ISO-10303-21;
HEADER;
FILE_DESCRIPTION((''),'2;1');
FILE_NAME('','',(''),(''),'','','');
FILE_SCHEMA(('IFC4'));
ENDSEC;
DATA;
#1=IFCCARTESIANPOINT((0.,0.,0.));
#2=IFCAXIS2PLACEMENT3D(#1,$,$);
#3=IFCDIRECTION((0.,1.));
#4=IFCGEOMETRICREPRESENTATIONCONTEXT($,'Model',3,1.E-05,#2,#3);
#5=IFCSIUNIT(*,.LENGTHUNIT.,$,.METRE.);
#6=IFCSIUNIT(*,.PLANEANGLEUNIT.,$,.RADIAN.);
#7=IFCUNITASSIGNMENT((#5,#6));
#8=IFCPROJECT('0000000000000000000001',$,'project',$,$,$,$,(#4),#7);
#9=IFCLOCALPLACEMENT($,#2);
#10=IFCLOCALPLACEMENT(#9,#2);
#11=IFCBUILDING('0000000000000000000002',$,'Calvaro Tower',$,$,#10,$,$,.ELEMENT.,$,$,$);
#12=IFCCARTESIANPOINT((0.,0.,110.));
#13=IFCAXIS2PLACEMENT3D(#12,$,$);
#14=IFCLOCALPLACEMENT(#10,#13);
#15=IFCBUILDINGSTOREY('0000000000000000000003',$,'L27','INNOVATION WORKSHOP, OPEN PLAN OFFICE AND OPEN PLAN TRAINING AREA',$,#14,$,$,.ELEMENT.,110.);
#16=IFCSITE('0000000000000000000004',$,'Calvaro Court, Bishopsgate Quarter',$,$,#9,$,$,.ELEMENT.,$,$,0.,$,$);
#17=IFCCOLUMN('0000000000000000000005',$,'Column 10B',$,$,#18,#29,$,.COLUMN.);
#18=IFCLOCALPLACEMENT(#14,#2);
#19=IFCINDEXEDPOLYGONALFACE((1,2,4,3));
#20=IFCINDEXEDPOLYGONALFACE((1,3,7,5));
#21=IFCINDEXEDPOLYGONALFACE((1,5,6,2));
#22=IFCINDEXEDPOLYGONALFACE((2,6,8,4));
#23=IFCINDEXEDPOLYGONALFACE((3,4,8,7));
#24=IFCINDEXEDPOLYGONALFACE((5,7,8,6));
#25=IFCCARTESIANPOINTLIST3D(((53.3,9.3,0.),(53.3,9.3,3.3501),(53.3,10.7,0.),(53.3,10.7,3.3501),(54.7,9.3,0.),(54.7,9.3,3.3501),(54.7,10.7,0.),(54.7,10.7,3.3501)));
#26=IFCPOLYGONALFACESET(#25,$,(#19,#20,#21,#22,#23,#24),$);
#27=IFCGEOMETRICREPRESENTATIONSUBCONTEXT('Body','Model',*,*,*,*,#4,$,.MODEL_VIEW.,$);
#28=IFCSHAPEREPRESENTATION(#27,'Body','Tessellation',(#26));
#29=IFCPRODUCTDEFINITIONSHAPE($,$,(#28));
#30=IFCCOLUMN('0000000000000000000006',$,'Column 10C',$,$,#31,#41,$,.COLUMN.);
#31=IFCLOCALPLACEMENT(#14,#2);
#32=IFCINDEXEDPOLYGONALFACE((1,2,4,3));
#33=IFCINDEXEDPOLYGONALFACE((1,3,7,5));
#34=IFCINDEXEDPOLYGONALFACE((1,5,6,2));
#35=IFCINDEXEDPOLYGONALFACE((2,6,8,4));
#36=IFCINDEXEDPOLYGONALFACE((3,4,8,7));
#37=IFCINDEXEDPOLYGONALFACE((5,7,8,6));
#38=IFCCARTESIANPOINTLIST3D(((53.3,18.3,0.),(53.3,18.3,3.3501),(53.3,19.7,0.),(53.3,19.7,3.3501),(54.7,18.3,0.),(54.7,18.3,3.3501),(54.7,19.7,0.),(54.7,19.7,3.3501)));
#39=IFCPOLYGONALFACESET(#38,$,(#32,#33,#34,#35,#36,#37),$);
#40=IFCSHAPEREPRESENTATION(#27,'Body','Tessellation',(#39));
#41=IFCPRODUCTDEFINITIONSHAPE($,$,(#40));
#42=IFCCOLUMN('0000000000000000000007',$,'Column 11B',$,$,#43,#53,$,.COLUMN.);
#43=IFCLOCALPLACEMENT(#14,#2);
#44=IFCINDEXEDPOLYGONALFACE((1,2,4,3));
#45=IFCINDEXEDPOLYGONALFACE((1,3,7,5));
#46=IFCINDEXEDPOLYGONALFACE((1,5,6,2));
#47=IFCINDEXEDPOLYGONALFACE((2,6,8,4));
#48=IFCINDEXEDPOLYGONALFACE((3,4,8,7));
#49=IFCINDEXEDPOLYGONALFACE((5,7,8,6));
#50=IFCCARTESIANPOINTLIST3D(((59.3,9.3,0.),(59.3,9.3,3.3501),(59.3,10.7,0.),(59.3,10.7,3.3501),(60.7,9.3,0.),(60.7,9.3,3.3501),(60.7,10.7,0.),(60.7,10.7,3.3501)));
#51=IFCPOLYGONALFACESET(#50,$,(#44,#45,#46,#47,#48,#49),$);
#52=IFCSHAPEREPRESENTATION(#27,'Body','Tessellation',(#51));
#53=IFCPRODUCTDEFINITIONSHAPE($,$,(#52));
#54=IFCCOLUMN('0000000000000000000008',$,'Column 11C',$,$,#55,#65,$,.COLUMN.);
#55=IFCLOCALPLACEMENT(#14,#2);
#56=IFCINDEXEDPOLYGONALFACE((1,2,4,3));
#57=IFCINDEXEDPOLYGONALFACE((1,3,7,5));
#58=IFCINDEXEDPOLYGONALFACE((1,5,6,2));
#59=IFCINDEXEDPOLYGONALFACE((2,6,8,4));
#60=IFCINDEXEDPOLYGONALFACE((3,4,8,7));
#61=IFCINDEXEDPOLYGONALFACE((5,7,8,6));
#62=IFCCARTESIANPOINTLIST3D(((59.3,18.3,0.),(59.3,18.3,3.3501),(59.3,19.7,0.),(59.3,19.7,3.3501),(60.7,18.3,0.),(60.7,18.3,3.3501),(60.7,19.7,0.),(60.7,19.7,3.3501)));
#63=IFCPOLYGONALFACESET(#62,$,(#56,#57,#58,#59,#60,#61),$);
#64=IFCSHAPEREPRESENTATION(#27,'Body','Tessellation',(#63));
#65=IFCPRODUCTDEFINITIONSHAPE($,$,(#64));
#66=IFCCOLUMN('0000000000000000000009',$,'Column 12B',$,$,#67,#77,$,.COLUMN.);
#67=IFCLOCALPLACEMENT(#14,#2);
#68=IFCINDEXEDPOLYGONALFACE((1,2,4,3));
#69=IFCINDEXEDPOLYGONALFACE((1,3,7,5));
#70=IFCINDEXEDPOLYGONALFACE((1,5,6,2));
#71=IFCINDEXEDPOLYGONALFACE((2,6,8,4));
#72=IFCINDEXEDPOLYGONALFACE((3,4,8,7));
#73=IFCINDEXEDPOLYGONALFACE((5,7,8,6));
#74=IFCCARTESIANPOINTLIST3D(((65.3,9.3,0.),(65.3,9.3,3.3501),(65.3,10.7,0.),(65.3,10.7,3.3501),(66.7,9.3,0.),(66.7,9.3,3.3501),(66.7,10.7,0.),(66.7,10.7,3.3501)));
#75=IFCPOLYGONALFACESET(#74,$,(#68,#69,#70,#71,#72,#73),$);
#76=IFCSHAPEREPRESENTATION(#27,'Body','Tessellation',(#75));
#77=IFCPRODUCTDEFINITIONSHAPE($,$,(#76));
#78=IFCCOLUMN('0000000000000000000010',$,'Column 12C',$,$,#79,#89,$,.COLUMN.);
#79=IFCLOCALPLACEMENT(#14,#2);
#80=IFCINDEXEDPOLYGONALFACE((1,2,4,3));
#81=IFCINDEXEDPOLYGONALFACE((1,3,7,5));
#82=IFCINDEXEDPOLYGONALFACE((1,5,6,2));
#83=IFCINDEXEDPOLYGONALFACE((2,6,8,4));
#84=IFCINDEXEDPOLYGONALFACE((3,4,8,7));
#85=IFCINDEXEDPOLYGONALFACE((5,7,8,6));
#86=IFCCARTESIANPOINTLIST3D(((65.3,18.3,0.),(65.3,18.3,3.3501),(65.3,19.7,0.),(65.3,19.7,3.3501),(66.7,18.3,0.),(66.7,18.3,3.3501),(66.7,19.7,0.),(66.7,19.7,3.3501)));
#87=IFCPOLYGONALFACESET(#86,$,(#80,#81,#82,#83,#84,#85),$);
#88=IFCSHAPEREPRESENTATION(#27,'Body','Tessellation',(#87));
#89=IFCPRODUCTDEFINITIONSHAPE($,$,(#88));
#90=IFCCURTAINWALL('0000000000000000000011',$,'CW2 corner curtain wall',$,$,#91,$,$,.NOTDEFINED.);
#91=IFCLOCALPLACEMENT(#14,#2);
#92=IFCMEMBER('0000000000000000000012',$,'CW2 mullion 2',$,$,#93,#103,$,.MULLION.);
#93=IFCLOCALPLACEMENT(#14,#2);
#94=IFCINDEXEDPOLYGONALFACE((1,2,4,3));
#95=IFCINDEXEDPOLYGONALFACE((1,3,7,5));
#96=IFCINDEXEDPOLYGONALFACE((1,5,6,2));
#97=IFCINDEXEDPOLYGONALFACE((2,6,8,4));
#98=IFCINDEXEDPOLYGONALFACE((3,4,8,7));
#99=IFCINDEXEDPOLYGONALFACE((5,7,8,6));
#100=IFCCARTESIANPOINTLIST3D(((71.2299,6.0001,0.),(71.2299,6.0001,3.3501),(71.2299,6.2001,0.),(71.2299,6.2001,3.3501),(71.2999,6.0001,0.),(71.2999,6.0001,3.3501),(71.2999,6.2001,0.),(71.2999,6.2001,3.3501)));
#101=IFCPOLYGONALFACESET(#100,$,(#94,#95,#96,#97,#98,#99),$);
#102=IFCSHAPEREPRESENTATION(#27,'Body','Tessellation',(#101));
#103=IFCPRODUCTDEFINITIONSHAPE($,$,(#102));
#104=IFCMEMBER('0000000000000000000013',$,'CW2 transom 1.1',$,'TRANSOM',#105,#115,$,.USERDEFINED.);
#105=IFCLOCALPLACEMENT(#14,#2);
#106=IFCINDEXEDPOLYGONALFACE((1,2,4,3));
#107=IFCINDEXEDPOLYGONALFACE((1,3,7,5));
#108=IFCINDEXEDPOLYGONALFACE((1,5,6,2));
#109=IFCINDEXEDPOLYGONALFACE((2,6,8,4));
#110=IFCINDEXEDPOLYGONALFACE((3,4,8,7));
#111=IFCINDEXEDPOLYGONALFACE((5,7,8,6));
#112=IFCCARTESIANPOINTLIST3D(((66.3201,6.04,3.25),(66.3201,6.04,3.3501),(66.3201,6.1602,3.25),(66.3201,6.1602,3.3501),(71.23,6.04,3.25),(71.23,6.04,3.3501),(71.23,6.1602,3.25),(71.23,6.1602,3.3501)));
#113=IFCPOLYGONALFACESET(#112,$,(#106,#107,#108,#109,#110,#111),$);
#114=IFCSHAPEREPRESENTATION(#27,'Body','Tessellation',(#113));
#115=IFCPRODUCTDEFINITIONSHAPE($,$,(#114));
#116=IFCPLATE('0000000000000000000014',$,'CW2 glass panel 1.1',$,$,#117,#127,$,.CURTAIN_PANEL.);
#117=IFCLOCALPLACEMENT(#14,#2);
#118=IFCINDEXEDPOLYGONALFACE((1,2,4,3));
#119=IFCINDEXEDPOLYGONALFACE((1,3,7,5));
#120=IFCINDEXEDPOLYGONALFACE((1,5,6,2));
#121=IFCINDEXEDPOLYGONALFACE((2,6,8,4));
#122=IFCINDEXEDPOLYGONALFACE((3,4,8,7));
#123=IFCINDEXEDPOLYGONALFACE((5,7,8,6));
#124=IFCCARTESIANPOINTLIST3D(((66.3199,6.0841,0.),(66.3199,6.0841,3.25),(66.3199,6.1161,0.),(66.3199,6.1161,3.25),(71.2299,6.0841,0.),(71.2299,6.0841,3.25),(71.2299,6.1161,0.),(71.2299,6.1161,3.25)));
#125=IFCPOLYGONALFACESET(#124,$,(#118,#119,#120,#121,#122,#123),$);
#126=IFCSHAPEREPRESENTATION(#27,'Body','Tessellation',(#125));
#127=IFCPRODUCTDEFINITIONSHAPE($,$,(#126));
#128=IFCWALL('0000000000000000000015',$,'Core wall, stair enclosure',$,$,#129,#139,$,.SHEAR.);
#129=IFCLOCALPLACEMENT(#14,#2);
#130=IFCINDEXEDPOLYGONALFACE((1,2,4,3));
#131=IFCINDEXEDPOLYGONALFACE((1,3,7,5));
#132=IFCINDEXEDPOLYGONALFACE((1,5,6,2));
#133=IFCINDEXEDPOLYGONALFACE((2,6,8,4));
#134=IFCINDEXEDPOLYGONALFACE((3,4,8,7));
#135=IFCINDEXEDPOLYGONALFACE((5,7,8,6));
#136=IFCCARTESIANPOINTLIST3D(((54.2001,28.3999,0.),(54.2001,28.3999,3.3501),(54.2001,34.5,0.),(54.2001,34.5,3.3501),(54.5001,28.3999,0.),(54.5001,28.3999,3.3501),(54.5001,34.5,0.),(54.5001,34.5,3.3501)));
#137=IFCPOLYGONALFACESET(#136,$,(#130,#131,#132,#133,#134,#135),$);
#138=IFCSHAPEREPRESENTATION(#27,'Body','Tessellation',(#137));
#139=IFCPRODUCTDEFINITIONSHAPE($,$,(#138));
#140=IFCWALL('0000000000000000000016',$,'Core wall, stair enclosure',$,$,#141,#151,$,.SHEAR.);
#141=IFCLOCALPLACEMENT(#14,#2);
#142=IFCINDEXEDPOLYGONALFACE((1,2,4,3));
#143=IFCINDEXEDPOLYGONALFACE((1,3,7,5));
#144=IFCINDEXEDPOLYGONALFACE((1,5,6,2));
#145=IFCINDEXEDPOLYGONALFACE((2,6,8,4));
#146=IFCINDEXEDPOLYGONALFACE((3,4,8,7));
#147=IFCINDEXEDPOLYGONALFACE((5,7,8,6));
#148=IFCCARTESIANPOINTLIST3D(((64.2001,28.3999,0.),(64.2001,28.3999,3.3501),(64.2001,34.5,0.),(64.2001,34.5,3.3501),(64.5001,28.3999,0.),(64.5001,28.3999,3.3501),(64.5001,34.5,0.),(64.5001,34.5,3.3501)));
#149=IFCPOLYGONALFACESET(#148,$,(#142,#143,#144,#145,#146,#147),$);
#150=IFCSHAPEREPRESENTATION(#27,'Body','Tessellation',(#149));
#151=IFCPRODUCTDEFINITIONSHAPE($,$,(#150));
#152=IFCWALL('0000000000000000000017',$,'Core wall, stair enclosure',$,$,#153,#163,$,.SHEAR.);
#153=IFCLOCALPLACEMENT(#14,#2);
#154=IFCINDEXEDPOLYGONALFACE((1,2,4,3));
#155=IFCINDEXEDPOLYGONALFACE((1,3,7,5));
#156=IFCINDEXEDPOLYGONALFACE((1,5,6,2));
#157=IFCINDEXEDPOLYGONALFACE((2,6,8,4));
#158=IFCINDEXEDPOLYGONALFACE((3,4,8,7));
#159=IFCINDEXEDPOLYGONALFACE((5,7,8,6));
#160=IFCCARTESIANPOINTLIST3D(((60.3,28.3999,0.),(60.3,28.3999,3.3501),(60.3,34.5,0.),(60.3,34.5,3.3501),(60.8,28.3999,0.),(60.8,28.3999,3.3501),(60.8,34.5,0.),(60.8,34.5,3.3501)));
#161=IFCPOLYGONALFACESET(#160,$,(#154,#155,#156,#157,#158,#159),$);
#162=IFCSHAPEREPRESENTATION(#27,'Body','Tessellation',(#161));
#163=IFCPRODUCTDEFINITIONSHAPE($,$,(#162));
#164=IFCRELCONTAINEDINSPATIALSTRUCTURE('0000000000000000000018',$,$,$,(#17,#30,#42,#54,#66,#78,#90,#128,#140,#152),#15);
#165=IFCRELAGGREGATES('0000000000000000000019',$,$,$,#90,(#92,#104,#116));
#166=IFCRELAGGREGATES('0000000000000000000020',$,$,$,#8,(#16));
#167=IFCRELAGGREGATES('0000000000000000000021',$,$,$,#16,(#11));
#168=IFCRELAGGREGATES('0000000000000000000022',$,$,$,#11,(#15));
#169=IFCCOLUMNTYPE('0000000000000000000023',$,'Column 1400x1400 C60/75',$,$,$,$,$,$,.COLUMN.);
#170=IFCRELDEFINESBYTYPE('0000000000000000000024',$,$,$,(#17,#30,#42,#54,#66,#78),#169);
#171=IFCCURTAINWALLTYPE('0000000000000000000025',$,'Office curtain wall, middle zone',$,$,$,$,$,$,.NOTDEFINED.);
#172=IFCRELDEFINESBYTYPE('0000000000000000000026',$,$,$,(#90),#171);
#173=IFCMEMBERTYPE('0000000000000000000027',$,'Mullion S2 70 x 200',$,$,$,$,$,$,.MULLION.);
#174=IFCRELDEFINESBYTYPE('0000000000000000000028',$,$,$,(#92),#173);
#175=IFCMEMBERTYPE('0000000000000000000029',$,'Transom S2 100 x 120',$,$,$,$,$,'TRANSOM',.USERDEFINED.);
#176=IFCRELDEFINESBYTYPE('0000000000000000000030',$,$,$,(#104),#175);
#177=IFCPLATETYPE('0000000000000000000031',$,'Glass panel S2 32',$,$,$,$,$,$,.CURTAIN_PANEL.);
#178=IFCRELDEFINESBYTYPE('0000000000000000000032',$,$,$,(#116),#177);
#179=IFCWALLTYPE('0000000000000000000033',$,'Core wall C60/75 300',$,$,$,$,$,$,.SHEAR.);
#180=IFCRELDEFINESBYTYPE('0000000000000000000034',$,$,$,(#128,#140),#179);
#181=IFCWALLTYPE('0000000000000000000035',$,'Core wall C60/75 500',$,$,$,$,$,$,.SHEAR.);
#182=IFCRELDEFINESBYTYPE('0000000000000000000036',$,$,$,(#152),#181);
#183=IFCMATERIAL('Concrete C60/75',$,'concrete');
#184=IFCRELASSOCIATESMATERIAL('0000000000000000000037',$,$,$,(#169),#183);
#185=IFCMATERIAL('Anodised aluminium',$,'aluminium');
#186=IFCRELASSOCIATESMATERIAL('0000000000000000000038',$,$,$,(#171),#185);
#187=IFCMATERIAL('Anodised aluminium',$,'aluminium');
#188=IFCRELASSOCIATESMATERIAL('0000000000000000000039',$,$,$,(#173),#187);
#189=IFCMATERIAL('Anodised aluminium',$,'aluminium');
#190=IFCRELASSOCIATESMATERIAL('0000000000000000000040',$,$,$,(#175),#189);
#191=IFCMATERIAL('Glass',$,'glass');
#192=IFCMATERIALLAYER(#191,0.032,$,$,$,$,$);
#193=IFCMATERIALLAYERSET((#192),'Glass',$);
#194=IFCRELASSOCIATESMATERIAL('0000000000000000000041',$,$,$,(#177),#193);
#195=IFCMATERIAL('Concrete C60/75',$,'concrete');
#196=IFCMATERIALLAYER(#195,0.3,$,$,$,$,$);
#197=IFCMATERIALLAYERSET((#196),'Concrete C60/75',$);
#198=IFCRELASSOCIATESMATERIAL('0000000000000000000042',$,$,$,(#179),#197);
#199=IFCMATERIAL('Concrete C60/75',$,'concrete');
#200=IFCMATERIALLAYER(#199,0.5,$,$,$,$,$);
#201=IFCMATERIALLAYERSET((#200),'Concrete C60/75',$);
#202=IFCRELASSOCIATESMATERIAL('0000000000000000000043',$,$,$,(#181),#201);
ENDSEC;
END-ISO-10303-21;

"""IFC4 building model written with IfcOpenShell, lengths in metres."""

from ifc_helpers import new_model, si_unit, direction, frame, frame_2d, origin, origin_2d, place, context, subcontext, project, spatial, rectangle, extrude, material, layer, layer_set, material_profile, profile_set, type_object, element, aggregate, save


model = new_model("IFC4")

# Units and contexts
model_context = context("Model", 3, precision=1e-05, world=origin(), true_north=direction((0.0, 1.0)))
body_context = subcontext(model_context, "Body", "Model", "MODEL_VIEW")
ifc_project = project(units=[si_unit("LENGTHUNIT", "METRE"), si_unit("PLANEANGLEUNIT", "RADIAN")], contexts=[model_context])

# Site, building, storey
site_placement = place(None, origin())
site = spatial("IfcSite", under=ifc_project, at=site_placement, Name="Calvaro Court, Bishopsgate Quarter", CompositionType="ELEMENT", RefElevation=0.0)
building_placement = place(site_placement, origin())
building = spatial("IfcBuilding", under=site, at=building_placement, Name="Calvaro Tower", CompositionType="ELEMENT")
storey_placement = place(building_placement, frame((0.0, 0.0, 110.0)))
storey = spatial("IfcBuildingStorey", under=building, at=storey_placement, Name="L27", Description="INNOVATION WORKSHOP, OPEN PLAN OFFICE AND OPEN PLAN TRAINING AREA", CompositionType="ELEMENT", Elevation=110.0)

# Columns
ifc_material_1 = material(Name="Concrete C60/75", Category="concrete")
ifc_material_profile_1 = material_profile(ifc_material_1, rectangle(XDim=1.3999, YDim=1.3999, at=origin_2d()), Name="RC 1400x1400")
ifc_profile_set_1 = profile_set([ifc_material_profile_1], Name="Concrete C60/75")
column_type = type_object("IfcColumnType", Name="Column 1400x1400 C60/75", PredefinedType="COLUMN", material=ifc_profile_set_1)
for number, where, z_axis, x_axis, name in (
    (1, (54.0, 10.0, 0.0), (0.0, 0.0, 1.0), (1.0, 0.0, 0.0), "Column 10B"),
    (2, (54.0, 19.0, 0.0), (0.0, 0.0, 1.0), (1.0, 0.0, 0.0), "Column 10C"),
    (3, (60.0, 10.0, 0.0), (0.0, 0.0, 1.0), (1.0, 0.0, 0.0), "Column 11B"),
    (4, (60.0, 19.0, 0.0), (0.0, 0.0, 1.0), (1.0, 0.0, 0.0), "Column 11C"),
    (5, (66.0, 10.0, 0.0), (0.0, 0.0, 1.0), (1.0, 0.0, 0.0), "Column 12B"),
    (6, (66.0, 19.0, 0.0), (0.0, 0.0, 1.0), (1.0, 0.0, 0.0), "Column 12C"),
):
    element("IfcColumn", number, at=place(storey_placement, frame(where, z_axis=z_axis, x_axis=x_axis)), inside=storey, type_object=column_type, Name=name, PredefinedType="COLUMN", context=body_context, shape_type="SweptSolid", body=[
        extrude(rectangle(XDim=1.3999, YDim=1.3999, at=origin_2d()), origin(), (0.0, 0.0, 1.0), 3.3501),
    ])

# Curtain wall, members, plate
ifc_material_2 = material(Name="Anodised aluminium", Category="aluminium")
curtain_wall_type = type_object("IfcCurtainWallType", Name="Office curtain wall, middle zone", PredefinedType="NOTDEFINED", material=ifc_material_2)
curtain_wall_placement = place(storey_placement, origin())
curtain_wall = element("IfcCurtainWall", 7, at=curtain_wall_placement, inside=storey, type_object=curtain_wall_type, Name="CW2 corner curtain wall", PredefinedType="NOTDEFINED")
ifc_material_3 = material(Name="Anodised aluminium", Category="aluminium")
ifc_material_profile_2 = material_profile(ifc_material_3, rectangle(XDim=0.2, YDim=0.0701, at=origin_2d()), Name="Mullion S2 70 x 200")
ifc_profile_set_2 = profile_set([ifc_material_profile_2], Name="Anodised aluminium")
member_type_1 = type_object("IfcMemberType", Name="Mullion S2 70 x 200", PredefinedType="MULLION", material=ifc_profile_set_2)
member_1_placement = place(storey_placement, frame((71.2649, 6.1001, 0.0), z_axis=(0.0, 0.0, 1.0), x_axis=(0.0, 1.0, 0.0)))
member_1 = element("IfcMember", 8, at=member_1_placement, type_object=member_type_1, Name="CW2 mullion 2", PredefinedType="MULLION", context=body_context, shape_type="SweptSolid", body=[
    extrude(rectangle(XDim=0.2, YDim=0.0701, at=origin_2d()), origin(), (0.0, 0.0, 1.0), 3.3501),
])
ifc_material_4 = material(Name="Anodised aluminium", Category="aluminium")
ifc_material_profile_3 = material_profile(ifc_material_4, rectangle(XDim=0.1201, YDim=0.1001, at=origin_2d()), Name="Transom S2 100 x 120")
ifc_profile_set_3 = profile_set([ifc_material_profile_3], Name="Anodised aluminium")
member_type_2 = type_object("IfcMemberType", Name="Transom S2 100 x 120", ElementType="TRANSOM", PredefinedType="USERDEFINED", material=ifc_profile_set_3)
member_2_placement = place(storey_placement, frame((66.3201, 6.1001, 3.3), z_axis=(1.0, 0.0, 0.0), x_axis=(0.0, 1.0, 0.0)))
member_2 = element("IfcMember", 9, at=member_2_placement, type_object=member_type_2, Name="CW2 transom 1.1", ObjectType="TRANSOM", PredefinedType="USERDEFINED", context=body_context, shape_type="SweptSolid", body=[
    extrude(rectangle(XDim=0.1201, YDim=0.1001, at=origin_2d()), origin(), (0.0, 0.0, 1.0), 4.9099),
])
ifc_material_5 = material(Name="Glass", Category="glass")
ifc_layer_1 = layer(ifc_material_5, 0.032)
ifc_layer_set_1 = layer_set([ifc_layer_1], Name="Glass")
plate_type = type_object("IfcPlateType", Name="Glass panel S2 32", PredefinedType="CURTAIN_PANEL", material=ifc_layer_set_1)
plate_placement = place(storey_placement, frame((68.7749, 6.1001, 0.0), z_axis=(0.0, 0.0, 1.0), x_axis=(1.0, 0.0, 0.0)))
plate = element("IfcPlate", 10, at=plate_placement, type_object=plate_type, Name="CW2 glass panel 1.1", PredefinedType="CURTAIN_PANEL", context=body_context, shape_type="SweptSolid", body=[
    extrude(rectangle(XDim=4.9099, YDim=0.032, at=origin_2d()), origin(), (0.0, 0.0, 1.0), 3.25),
])
aggregate(curtain_wall, [member_1, member_2, plate])

# Walls
ifc_material_6 = material(Name="Concrete C60/75", Category="concrete")
ifc_layer_2 = layer(ifc_material_6, 0.3)
ifc_layer_set_2 = layer_set([ifc_layer_2], Name="Concrete C60/75")
wall_type_1 = type_object("IfcWallType", Name="Core wall C60/75 300", PredefinedType="SHEAR", material=ifc_layer_set_2)
for number, where, z_axis, x_axis, name in (
    (11, (54.3501, 28.3999, 0.0), (0.0, 0.0, 1.0), (0.0, 1.0, 0.0), "Core wall, stair enclosure"),
    (12, (64.3501, 28.3999, 0.0), (0.0, 0.0, 1.0), (0.0, 1.0, 0.0), "Core wall, stair enclosure"),
):
    element("IfcWall", number, at=place(storey_placement, frame(where, z_axis=z_axis, x_axis=x_axis)), inside=storey, type_object=wall_type_1, Name=name, PredefinedType="SHEAR", context=body_context, shape_type="SweptSolid", body=[
        extrude(rectangle(XDim=6.1001, YDim=0.3, at=frame_2d((3.05, 0.0))), origin(), (0.0, 0.0, 1.0), 3.3501),
    ])
ifc_material_7 = material(Name="Concrete C60/75", Category="concrete")
ifc_layer_3 = layer(ifc_material_7, 0.5)
ifc_layer_set_3 = layer_set([ifc_layer_3], Name="Concrete C60/75")
wall_type_2 = type_object("IfcWallType", Name="Core wall C60/75 500", PredefinedType="SHEAR", material=ifc_layer_set_3)
wall_1_placement = place(storey_placement, frame((60.55, 28.3999, 0.0), z_axis=(0.0, 0.0, 1.0), x_axis=(0.0, 1.0, 0.0)))
element("IfcWall", 13, at=wall_1_placement, inside=storey, type_object=wall_type_2, Name="Core wall, stair enclosure", PredefinedType="SHEAR", context=body_context, shape_type="SweptSolid", body=[
    extrude(rectangle(XDim=6.1001, YDim=0.5, at=frame_2d((3.05, 0.0))), origin(), (0.0, 0.0, 1.0), 3.3501),
])

save(model, "model.ifc")
